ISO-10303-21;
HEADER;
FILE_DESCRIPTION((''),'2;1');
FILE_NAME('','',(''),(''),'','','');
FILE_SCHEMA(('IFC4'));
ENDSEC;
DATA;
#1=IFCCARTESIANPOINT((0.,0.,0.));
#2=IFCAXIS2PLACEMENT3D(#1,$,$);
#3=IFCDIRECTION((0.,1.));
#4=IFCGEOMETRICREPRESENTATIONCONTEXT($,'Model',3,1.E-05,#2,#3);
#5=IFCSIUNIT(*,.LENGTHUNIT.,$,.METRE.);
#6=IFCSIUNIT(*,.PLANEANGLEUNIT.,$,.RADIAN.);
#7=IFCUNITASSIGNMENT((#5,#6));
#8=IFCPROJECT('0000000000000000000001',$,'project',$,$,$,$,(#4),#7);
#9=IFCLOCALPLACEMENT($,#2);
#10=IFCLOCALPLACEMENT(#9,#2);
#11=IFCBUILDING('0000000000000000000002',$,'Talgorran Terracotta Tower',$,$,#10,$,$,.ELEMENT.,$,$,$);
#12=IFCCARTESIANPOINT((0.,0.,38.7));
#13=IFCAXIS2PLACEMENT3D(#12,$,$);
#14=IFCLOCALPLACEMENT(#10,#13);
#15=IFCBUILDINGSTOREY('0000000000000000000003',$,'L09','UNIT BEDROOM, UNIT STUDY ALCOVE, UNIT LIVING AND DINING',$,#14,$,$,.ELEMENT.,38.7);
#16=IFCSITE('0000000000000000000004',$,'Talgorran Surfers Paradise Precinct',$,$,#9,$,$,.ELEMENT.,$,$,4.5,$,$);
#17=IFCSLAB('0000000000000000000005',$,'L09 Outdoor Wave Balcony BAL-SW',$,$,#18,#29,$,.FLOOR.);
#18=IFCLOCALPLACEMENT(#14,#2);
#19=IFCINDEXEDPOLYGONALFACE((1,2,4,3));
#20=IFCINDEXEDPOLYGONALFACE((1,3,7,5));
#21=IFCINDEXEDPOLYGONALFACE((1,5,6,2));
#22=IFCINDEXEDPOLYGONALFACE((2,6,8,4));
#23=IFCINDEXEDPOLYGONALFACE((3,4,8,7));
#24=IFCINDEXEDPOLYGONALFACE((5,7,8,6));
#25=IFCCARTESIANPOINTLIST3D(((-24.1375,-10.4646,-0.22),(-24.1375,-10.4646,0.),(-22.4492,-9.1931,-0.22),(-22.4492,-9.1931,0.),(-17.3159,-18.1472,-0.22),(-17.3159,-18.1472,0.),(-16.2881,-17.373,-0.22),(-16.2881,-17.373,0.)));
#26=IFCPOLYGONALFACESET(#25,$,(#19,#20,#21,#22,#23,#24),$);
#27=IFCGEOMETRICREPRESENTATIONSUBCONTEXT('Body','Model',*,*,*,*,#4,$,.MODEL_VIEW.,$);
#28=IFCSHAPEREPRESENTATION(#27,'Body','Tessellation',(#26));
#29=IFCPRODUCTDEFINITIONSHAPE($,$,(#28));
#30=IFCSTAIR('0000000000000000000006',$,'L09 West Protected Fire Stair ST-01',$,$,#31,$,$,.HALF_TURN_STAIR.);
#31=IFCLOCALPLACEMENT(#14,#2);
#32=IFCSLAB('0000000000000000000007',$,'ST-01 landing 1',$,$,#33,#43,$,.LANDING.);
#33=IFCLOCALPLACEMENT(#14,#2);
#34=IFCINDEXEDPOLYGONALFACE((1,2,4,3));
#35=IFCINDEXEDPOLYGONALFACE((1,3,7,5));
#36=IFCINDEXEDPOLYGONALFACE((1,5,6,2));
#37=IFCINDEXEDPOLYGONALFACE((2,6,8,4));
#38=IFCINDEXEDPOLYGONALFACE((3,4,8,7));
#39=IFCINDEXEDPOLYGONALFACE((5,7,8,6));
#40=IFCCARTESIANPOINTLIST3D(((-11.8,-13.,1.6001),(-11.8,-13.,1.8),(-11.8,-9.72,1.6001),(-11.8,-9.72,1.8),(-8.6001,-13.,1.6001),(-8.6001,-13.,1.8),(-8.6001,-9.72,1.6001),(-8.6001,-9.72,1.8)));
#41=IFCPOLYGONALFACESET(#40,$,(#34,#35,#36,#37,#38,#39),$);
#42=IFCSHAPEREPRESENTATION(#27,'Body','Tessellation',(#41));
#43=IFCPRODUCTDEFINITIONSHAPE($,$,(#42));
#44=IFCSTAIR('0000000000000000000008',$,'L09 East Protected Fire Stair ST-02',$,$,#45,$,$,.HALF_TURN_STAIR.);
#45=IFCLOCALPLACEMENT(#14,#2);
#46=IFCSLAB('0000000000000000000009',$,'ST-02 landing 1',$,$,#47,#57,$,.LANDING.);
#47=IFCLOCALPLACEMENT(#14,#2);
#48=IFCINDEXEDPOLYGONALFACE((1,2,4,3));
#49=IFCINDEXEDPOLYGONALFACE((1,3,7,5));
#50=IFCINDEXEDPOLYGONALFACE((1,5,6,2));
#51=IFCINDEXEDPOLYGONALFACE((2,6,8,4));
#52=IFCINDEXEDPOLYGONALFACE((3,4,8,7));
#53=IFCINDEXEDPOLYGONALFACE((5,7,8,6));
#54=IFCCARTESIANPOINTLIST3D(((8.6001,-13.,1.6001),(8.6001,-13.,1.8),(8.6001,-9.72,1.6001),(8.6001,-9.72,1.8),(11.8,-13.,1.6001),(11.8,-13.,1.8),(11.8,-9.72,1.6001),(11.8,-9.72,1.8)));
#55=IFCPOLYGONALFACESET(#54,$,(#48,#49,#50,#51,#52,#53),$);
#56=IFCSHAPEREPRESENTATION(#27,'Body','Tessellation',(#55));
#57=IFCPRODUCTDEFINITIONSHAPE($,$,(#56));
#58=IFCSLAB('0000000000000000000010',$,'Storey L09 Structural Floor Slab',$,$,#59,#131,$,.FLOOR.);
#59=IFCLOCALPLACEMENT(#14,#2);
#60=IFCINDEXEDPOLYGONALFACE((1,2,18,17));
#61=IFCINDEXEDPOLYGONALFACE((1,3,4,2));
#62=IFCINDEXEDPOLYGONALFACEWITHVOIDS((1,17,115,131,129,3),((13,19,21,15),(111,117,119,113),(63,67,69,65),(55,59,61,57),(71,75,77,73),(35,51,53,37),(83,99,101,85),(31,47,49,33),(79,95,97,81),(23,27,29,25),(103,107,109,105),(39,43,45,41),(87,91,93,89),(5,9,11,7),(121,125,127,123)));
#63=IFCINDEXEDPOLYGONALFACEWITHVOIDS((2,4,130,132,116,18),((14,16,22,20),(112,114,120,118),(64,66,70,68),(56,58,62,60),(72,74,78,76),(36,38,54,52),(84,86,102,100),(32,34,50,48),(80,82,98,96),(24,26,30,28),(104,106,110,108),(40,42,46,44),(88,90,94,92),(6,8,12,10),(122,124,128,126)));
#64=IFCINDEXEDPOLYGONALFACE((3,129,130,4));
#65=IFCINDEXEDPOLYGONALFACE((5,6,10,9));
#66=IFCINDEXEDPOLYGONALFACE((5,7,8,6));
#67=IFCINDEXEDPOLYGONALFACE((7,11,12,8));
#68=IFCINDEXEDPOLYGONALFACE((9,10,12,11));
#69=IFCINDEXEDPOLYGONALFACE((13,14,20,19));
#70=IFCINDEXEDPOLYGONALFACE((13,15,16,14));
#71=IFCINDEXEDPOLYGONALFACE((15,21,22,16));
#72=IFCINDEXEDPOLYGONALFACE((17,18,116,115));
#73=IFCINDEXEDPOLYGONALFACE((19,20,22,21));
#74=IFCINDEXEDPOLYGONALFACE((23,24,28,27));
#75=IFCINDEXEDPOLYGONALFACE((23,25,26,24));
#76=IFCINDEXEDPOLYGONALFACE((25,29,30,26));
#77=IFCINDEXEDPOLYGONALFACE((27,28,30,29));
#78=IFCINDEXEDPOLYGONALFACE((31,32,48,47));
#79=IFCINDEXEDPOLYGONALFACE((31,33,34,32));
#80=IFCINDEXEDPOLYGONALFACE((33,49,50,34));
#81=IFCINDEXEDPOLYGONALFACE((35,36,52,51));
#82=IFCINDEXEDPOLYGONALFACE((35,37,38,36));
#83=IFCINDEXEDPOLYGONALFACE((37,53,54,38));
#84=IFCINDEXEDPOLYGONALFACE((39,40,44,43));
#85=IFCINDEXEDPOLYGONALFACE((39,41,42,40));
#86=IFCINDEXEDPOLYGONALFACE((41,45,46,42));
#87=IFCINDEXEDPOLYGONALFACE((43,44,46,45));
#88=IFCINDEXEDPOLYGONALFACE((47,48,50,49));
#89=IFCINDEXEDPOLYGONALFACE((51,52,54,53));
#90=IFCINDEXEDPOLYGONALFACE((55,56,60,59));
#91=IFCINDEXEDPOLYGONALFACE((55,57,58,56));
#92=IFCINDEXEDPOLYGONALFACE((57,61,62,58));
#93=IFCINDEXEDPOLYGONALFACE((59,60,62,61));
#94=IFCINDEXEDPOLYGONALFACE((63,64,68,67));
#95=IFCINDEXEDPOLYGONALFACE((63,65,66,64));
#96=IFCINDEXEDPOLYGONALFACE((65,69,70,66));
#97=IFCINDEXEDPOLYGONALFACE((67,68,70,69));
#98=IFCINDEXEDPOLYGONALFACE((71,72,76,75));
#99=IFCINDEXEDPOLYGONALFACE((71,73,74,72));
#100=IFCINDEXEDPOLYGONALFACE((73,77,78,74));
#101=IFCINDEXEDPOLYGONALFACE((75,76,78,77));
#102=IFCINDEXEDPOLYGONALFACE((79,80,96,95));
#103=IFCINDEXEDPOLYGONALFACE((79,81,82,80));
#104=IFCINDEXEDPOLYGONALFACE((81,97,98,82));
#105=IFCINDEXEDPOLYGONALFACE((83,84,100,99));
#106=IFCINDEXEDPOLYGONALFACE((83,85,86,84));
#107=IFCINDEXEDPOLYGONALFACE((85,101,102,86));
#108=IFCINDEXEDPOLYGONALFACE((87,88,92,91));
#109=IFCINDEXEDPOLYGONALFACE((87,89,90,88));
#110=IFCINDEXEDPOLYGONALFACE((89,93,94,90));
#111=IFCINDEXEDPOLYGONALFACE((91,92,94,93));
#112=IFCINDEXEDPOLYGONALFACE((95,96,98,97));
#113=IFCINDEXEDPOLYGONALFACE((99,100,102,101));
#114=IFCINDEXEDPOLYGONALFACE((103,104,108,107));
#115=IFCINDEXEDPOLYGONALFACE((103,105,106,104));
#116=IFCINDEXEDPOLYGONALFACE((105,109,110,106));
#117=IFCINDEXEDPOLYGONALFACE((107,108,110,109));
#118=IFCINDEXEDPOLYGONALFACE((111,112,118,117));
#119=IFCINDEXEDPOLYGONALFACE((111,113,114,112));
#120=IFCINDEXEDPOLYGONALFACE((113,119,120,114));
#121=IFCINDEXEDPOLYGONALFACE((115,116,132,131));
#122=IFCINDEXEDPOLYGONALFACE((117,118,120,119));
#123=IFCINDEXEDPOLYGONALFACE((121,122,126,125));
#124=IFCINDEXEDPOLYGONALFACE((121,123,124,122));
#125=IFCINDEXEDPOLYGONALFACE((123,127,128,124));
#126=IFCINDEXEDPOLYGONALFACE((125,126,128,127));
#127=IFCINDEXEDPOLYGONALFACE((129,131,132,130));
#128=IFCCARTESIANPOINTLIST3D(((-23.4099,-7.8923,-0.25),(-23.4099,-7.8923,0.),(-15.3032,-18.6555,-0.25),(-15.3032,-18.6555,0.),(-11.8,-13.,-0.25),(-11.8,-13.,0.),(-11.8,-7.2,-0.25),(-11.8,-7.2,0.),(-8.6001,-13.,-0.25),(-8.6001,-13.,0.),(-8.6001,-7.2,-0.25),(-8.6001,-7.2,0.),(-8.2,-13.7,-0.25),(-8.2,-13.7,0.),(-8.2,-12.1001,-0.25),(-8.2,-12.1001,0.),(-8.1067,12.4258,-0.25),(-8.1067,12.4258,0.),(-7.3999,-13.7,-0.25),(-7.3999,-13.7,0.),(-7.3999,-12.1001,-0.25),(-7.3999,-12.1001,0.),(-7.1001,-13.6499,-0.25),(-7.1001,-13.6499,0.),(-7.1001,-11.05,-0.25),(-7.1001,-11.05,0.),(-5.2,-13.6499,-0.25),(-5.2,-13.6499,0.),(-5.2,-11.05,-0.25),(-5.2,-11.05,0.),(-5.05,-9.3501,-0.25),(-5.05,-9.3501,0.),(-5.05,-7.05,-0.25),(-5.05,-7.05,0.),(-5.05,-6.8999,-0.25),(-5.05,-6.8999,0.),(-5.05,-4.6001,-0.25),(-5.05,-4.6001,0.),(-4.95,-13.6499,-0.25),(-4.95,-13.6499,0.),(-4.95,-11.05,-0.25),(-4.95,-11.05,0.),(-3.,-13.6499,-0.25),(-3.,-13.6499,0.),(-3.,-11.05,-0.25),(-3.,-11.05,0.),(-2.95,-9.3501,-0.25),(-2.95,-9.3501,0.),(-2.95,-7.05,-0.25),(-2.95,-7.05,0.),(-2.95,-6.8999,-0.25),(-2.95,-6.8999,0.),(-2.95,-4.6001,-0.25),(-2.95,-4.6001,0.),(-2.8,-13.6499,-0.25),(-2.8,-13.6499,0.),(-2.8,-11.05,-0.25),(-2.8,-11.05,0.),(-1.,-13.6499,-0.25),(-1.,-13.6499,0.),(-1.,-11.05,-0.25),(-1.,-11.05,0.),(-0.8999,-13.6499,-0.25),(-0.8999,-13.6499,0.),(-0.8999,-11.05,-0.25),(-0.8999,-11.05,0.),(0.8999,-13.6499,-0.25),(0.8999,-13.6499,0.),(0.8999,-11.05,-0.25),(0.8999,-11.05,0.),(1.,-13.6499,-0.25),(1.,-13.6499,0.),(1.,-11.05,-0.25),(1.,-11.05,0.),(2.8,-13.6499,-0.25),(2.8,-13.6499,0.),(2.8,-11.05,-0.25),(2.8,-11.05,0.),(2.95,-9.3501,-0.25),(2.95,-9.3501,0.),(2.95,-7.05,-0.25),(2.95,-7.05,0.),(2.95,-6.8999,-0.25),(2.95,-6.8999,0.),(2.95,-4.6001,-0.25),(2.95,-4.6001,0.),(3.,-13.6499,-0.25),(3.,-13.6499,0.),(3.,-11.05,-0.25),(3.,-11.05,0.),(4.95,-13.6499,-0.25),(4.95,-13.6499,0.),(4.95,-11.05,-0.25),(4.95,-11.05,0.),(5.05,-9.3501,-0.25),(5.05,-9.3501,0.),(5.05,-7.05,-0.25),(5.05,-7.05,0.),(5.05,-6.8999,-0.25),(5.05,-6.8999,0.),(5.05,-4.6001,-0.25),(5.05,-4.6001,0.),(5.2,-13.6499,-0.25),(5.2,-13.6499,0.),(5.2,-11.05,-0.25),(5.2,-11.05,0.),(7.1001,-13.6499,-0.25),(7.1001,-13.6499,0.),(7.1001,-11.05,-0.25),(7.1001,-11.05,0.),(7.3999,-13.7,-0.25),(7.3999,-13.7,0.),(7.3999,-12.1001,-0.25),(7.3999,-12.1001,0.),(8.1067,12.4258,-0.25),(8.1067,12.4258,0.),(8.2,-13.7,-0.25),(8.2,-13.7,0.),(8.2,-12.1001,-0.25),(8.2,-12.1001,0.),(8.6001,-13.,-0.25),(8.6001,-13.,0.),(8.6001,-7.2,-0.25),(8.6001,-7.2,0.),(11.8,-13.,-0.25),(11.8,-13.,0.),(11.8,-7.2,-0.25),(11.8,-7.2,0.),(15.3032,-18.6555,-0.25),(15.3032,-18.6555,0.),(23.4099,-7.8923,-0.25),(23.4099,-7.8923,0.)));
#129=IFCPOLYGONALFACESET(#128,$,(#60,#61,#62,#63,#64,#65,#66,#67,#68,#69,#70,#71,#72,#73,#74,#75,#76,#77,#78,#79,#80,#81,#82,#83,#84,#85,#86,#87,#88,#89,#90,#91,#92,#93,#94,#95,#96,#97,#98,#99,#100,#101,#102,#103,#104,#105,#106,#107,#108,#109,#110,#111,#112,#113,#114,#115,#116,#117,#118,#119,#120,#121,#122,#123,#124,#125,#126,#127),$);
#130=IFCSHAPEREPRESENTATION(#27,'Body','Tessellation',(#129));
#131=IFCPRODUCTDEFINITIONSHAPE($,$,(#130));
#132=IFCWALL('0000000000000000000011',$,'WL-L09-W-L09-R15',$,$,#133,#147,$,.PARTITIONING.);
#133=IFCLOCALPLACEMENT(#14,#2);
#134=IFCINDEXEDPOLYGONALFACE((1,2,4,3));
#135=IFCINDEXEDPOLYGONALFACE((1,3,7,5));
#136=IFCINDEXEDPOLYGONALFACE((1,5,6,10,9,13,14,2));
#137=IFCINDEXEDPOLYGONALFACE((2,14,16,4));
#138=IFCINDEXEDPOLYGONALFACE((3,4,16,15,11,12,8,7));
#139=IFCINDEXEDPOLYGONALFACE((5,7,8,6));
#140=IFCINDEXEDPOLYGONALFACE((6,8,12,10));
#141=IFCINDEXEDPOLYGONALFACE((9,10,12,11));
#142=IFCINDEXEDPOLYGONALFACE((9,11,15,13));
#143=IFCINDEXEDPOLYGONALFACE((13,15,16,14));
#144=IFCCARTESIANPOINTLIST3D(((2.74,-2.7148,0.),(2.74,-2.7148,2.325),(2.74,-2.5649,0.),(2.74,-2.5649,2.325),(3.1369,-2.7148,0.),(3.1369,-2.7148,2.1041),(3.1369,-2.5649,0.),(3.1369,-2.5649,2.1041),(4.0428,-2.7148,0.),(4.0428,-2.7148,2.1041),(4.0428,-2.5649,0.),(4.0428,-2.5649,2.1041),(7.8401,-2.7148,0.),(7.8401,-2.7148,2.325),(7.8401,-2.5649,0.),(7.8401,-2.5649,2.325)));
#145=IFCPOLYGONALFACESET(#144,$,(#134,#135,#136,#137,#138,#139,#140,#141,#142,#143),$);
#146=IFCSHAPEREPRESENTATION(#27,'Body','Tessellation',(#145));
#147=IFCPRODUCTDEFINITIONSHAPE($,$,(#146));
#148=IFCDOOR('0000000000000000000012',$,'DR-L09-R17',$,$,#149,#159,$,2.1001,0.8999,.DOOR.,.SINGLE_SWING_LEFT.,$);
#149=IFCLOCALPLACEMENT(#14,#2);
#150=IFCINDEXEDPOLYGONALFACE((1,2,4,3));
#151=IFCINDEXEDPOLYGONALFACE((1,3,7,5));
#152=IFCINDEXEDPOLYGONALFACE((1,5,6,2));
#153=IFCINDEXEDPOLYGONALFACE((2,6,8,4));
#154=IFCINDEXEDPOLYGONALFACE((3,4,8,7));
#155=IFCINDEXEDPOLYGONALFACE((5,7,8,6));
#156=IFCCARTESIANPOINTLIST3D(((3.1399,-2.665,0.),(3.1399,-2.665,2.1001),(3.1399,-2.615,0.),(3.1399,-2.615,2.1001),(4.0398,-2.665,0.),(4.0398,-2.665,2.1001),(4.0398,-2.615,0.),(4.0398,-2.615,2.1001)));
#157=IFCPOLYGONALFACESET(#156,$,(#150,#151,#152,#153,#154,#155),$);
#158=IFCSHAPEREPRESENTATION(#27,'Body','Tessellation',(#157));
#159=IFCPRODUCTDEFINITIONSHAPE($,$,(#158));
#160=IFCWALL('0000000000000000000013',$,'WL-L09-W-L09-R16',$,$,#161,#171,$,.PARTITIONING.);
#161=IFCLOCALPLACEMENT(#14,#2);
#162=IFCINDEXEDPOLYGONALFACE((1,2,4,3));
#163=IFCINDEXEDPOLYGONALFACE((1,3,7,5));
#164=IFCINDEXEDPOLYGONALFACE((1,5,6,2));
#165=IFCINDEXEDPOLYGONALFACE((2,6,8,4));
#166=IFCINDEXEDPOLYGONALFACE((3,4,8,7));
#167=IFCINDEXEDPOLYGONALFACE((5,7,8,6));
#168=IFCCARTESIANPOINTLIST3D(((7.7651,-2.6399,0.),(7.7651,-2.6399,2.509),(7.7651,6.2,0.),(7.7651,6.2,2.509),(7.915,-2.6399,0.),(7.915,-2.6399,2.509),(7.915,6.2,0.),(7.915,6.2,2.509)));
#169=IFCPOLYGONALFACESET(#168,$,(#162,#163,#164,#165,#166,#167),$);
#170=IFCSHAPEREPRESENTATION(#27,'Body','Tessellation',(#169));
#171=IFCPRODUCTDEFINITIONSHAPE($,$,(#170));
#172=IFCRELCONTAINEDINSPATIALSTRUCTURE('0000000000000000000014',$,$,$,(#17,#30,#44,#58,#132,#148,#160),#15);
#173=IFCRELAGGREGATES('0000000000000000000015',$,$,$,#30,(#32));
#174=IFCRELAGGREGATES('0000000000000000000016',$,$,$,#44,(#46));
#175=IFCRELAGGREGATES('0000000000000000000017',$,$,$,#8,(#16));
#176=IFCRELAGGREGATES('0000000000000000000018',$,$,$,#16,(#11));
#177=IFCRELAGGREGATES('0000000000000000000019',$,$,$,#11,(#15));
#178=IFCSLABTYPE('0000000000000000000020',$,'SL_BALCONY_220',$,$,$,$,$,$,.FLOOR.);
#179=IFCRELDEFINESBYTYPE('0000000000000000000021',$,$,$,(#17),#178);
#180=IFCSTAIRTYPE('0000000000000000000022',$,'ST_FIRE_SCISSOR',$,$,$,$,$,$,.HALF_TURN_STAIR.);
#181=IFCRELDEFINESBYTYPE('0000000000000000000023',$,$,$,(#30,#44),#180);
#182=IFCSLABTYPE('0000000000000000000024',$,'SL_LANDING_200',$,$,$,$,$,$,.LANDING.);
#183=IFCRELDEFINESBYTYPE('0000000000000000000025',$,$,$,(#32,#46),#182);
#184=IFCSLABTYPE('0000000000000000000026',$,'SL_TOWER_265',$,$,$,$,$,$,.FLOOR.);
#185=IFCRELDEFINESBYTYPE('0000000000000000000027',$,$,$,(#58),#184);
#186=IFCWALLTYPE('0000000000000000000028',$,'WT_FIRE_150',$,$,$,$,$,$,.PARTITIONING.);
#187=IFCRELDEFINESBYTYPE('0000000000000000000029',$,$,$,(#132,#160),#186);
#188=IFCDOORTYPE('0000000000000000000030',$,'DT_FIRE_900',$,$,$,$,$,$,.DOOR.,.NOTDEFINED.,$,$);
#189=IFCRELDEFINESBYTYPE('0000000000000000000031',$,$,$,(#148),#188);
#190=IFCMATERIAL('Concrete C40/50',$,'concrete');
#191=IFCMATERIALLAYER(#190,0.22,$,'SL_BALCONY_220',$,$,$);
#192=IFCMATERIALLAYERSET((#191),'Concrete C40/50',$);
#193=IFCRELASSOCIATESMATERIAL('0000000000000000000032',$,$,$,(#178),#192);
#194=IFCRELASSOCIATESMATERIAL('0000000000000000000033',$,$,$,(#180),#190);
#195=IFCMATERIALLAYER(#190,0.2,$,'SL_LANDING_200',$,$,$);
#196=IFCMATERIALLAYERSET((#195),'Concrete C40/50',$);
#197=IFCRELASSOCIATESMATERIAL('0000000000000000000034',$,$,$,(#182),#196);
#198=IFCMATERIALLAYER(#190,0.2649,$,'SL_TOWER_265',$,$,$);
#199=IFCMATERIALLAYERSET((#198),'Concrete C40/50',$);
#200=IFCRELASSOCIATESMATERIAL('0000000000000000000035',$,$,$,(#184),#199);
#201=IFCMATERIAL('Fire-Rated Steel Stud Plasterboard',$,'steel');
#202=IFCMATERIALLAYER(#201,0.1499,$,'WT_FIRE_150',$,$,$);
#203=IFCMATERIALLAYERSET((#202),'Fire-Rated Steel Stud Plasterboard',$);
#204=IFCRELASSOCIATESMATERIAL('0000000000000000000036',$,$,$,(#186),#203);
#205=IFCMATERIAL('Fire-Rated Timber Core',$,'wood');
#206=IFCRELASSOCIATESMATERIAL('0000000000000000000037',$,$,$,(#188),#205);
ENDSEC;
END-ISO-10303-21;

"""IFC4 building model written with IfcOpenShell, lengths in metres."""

from ifc_helpers import new_model, si_unit, direction, frame, frame_2d, origin, place, context, subcontext, project, spatial, polyline, rectangle, outline, extrude, material, layer, layer_set, type_object, element, fill, aggregate, save


model = new_model("IFC4")

# Units and contexts
model_context = context("Model", 3, precision=1e-05, world=origin(), true_north=direction((0.0, 1.0)))
body_context = subcontext(model_context, "Body", "Model", "MODEL_VIEW")
ifc_project = project(units=[si_unit("LENGTHUNIT", "METRE"), si_unit("PLANEANGLEUNIT", "RADIAN")], contexts=[model_context])

# Site, building, storey
site_placement = place(None, origin())
site = spatial("IfcSite", under=ifc_project, at=site_placement, Name="Talgorran Surfers Paradise Precinct", CompositionType="ELEMENT", RefElevation=4.5)
building_placement = place(site_placement, origin())
building = spatial("IfcBuilding", under=site, at=building_placement, Name="Talgorran Terracotta Tower", CompositionType="ELEMENT")
storey_placement = place(building_placement, frame((0.0, 0.0, 38.7)))
storey = spatial("IfcBuildingStorey", under=building, at=storey_placement, Name="L09", Description="UNIT BEDROOM, UNIT STUDY ALCOVE, UNIT LIVING AND DINING", CompositionType="ELEMENT", Elevation=38.7)

# Slab
ifc_material_1 = material(Name="Concrete C40/50", Category="concrete")
ifc_layer_1 = layer(ifc_material_1, 0.22, Name="SL_BALCONY_220")
ifc_layer_set_1 = layer_set([ifc_layer_1], Name="Concrete C40/50")
slab_type_1 = type_object("IfcSlabType", Name="SL_BALCONY_220", PredefinedType="FLOOR", material=ifc_layer_set_1)
slab_1_placement = place(storey_placement, frame((0.0, 0.0, -0.22)))
element("IfcSlab", 1, at=slab_1_placement, inside=storey, type_object=slab_type_1, Name="L09 Outdoor Wave Balcony BAL-SW", PredefinedType="FLOOR", context=body_context, shape_type="SweptSolid", body=[
    extrude(outline(polyline([(-16.2881, -17.373), (-22.4492, -9.1931), (-24.1375, -10.4646), (-17.3159, -18.1472), (-16.2881, -17.373)])), origin(), (0.0, 0.0, 1.0), 0.22),
])

# Stairs, slabs
stair_type = type_object("IfcStairType", Name="ST_FIRE_SCISSOR", PredefinedType="HALF_TURN_STAIR", material=ifc_material_1)
stair_1_placement = place(storey_placement, origin())
stair_1 = element("IfcStair", 2, at=stair_1_placement, inside=storey, type_object=stair_type, Name="L09 West Protected Fire Stair ST-01", PredefinedType="HALF_TURN_STAIR")
ifc_layer_2 = layer(ifc_material_1, 0.2, Name="SL_LANDING_200")
ifc_layer_set_2 = layer_set([ifc_layer_2], Name="Concrete C40/50")
slab_type_2 = type_object("IfcSlabType", Name="SL_LANDING_200", PredefinedType="LANDING", material=ifc_layer_set_2)
slab_2_placement = place(storey_placement, frame((0.0, 0.0, 1.6001)))
slab_2 = element("IfcSlab", 3, at=slab_2_placement, type_object=slab_type_2, Name="ST-01 landing 1", PredefinedType="LANDING", context=body_context, shape_type="SweptSolid", body=[
    extrude(outline(polyline([(-11.8, -9.72), (-11.8, -13.0), (-8.6001, -13.0), (-8.6001, -9.72), (-11.8, -9.72)])), origin(), (0.0, 0.0, 1.0), 0.2),
])
aggregate(stair_1, [slab_2])
stair_2_placement = place(storey_placement, origin())
stair_2 = element("IfcStair", 4, at=stair_2_placement, inside=storey, type_object=stair_type, Name="L09 East Protected Fire Stair ST-02", PredefinedType="HALF_TURN_STAIR")
slab_3_placement = place(storey_placement, frame((0.0, 0.0, 1.6001)))
slab_3 = element("IfcSlab", 5, at=slab_3_placement, type_object=slab_type_2, Name="ST-02 landing 1", PredefinedType="LANDING", context=body_context, shape_type="SweptSolid", body=[
    extrude(outline(polyline([(8.6001, -9.72), (8.6001, -13.0), (11.8, -13.0), (11.8, -9.72), (8.6001, -9.72)])), origin(), (0.0, 0.0, 1.0), 0.2),
])
aggregate(stair_2, [slab_3])

# Slab
ifc_layer_3 = layer(ifc_material_1, 0.2649, Name="SL_TOWER_265")
ifc_layer_set_3 = layer_set([ifc_layer_3], Name="Concrete C40/50")
slab_type_3 = type_object("IfcSlabType", Name="SL_TOWER_265", PredefinedType="FLOOR", material=ifc_layer_set_3)
slab_4_placement = place(storey_placement, frame((0.0, 0.0, -0.25)))
element("IfcSlab", 6, at=slab_4_placement, inside=storey, type_object=slab_type_3, Name="Storey L09 Structural Floor Slab", PredefinedType="FLOOR", context=body_context, shape_type="SweptSolid", body=[
    extrude(outline(polyline([(-23.4099, -7.8923), (-15.3032, -18.6555), (15.3032, -18.6555), (23.4099, -7.8923), (8.1067, 12.4258), (-8.1067, 12.4258), (-23.4099, -7.8923)]), holes=[polyline([(-11.8, -7.2), (-11.8, -13.0), (-8.6001, -13.0), (-8.6001, -7.2), (-11.8, -7.2)]), polyline([(8.6001, -7.2), (8.6001, -13.0), (11.8, -13.0), (11.8, -7.2), (8.6001, -7.2)]), polyline([(-7.1001, -13.6499), (-5.2, -13.6499), (-5.2, -11.05), (-7.1001, -11.05), (-7.1001, -13.6499)]), polyline([(5.2, -13.6499), (7.1001, -13.6499), (7.1001, -11.05), (5.2, -11.05), (5.2, -13.6499)]), polyline([(3.0, -13.6499), (4.95, -13.6499), (4.95, -11.05), (3.0, -11.05), (3.0, -13.6499)]), polyline([(-4.95, -13.6499), (-3.0, -13.6499), (-3.0, -11.05), (-4.95, -11.05), (-4.95, -13.6499)]), polyline([(-5.05, -9.3501), (-2.95, -9.3501), (-2.95, -7.05), (-5.05, -7.05), (-5.05, -9.3501)]), polyline([(-5.05, -6.8999), (-2.95, -6.8999), (-2.95, -4.6001), (-5.05, -4.6001), (-5.05, -6.8999)]), polyline([(2.95, -9.3501), (5.05, -9.3501), (5.05, -7.05), (2.95, -7.05), (2.95, -9.3501)]), polyline([(2.95, -6.8999), (5.05, -6.8999), (5.05, -4.6001), (2.95, -4.6001), (2.95, -6.8999)]), polyline([(-2.8, -13.6499), (-1.0, -13.6499), (-1.0, -11.05), (-2.8, -11.05), (-2.8, -13.6499)]), polyline([(-0.8999, -13.6499), (0.8999, -13.6499), (0.8999, -11.05), (-0.8999, -11.05), (-0.8999, -13.6499)]), polyline([(1.0, -13.6499), (2.8, -13.6499), (2.8, -11.05), (1.0, -11.05), (1.0, -13.6499)]), polyline([(-8.2, -13.7), (-7.3999, -13.7), (-7.3999, -12.1001), (-8.2, -12.1001), (-8.2, -13.7)]), polyline([(7.3999, -13.7), (8.2, -13.7), (8.2, -12.1001), (7.3999, -12.1001), (7.3999, -13.7)])]), origin(), (0.0, 0.0, 1.0), 0.25),
])

# Wall, opening, door
ifc_material_2 = material(Name="Fire-Rated Steel Stud Plasterboard", Category="steel")
ifc_layer_4 = layer(ifc_material_2, 0.1499, Name="WT_FIRE_150")
ifc_layer_set_4 = layer_set([ifc_layer_4], Name="Fire-Rated Steel Stud Plasterboard")
wall_type_1 = type_object("IfcWallType", Name="WT_FIRE_150", PredefinedType="PARTITIONING", material=ifc_layer_set_4)
wall_1_placement = place(storey_placement, frame((2.74, -2.6399, 0.0), z_axis=(0.0, 0.0, 1.0), x_axis=(1.0, 0.0, 0.0)))
wall_1 = element("IfcWall", 7, at=wall_1_placement, inside=storey, type_object=wall_type_1, Name="WL-L09-W-L09-R15", PredefinedType="PARTITIONING", context=body_context, shape_type="SweptSolid", body=[
    extrude(rectangle(XDim=5.1001, YDim=0.1499, at=frame_2d((2.55, 0.0))), origin(), (0.0, 0.0, 1.0), 2.325),
])
opening_1_placement = place(wall_1_placement, frame((0.3999, 0.0, 0.0)))
opening_1 = element("IfcOpeningElement", 8, at=opening_1_placement, cuts=wall_1, PredefinedType="OPENING", context=body_context, shape_type="SweptSolid", body=[
    extrude(rectangle(XDim=0.9059, YDim=2.1041, at=frame_2d((0.45, 1.052))), frame((0.0, 0.085, 0.0), z_axis=(0.0, -1.0, 0.0), x_axis=(1.0, 0.0, 0.0)), (0.0, 0.0, 1.0), 0.1699),
])
ifc_material_3 = material(Name="Fire-Rated Timber Core", Category="wood")
door_type_1 = type_object("IfcDoorType", Name="DT_FIRE_900", OperationType="NOTDEFINED", PredefinedType="DOOR", material=ifc_material_3)
door_1_placement = place(opening_1_placement, origin())
door_1 = element("IfcDoor", 9, at=door_1_placement, inside=storey, type_object=door_type_1, Name="DR-L09-R17", OperationType="SINGLE_SWING_LEFT", OverallHeight=2.1001, OverallWidth=0.8999, PredefinedType="DOOR", context=body_context, shape_type="SweptSolid", body=[
    extrude(rectangle(XDim=0.8999, YDim=2.1001, at=frame_2d((0.45, 1.05))), frame((0.0, 0.0249, 0.0), z_axis=(0.0, -1.0, 0.0), x_axis=(1.0, 0.0, 0.0)), (0.0, 0.0, 1.0), 0.05),
])
fill(opening_1, door_1)

# Wall
wall_2_placement = place(storey_placement, frame((7.8401, -2.6399, 0.0), z_axis=(0.0, 0.0, 1.0), x_axis=(0.0, 1.0, 0.0)))
element("IfcWall", 10, at=wall_2_placement, inside=storey, type_object=wall_type_1, Name="WL-L09-W-L09-R16", PredefinedType="PARTITIONING", context=body_context, shape_type="SweptSolid", body=[
    extrude(rectangle(XDim=8.8398, YDim=0.1499, at=frame_2d((4.4199, 0.0))), origin(), (0.0, 0.0, 1.0), 2.509),
])

save(model, "model.ifc")
